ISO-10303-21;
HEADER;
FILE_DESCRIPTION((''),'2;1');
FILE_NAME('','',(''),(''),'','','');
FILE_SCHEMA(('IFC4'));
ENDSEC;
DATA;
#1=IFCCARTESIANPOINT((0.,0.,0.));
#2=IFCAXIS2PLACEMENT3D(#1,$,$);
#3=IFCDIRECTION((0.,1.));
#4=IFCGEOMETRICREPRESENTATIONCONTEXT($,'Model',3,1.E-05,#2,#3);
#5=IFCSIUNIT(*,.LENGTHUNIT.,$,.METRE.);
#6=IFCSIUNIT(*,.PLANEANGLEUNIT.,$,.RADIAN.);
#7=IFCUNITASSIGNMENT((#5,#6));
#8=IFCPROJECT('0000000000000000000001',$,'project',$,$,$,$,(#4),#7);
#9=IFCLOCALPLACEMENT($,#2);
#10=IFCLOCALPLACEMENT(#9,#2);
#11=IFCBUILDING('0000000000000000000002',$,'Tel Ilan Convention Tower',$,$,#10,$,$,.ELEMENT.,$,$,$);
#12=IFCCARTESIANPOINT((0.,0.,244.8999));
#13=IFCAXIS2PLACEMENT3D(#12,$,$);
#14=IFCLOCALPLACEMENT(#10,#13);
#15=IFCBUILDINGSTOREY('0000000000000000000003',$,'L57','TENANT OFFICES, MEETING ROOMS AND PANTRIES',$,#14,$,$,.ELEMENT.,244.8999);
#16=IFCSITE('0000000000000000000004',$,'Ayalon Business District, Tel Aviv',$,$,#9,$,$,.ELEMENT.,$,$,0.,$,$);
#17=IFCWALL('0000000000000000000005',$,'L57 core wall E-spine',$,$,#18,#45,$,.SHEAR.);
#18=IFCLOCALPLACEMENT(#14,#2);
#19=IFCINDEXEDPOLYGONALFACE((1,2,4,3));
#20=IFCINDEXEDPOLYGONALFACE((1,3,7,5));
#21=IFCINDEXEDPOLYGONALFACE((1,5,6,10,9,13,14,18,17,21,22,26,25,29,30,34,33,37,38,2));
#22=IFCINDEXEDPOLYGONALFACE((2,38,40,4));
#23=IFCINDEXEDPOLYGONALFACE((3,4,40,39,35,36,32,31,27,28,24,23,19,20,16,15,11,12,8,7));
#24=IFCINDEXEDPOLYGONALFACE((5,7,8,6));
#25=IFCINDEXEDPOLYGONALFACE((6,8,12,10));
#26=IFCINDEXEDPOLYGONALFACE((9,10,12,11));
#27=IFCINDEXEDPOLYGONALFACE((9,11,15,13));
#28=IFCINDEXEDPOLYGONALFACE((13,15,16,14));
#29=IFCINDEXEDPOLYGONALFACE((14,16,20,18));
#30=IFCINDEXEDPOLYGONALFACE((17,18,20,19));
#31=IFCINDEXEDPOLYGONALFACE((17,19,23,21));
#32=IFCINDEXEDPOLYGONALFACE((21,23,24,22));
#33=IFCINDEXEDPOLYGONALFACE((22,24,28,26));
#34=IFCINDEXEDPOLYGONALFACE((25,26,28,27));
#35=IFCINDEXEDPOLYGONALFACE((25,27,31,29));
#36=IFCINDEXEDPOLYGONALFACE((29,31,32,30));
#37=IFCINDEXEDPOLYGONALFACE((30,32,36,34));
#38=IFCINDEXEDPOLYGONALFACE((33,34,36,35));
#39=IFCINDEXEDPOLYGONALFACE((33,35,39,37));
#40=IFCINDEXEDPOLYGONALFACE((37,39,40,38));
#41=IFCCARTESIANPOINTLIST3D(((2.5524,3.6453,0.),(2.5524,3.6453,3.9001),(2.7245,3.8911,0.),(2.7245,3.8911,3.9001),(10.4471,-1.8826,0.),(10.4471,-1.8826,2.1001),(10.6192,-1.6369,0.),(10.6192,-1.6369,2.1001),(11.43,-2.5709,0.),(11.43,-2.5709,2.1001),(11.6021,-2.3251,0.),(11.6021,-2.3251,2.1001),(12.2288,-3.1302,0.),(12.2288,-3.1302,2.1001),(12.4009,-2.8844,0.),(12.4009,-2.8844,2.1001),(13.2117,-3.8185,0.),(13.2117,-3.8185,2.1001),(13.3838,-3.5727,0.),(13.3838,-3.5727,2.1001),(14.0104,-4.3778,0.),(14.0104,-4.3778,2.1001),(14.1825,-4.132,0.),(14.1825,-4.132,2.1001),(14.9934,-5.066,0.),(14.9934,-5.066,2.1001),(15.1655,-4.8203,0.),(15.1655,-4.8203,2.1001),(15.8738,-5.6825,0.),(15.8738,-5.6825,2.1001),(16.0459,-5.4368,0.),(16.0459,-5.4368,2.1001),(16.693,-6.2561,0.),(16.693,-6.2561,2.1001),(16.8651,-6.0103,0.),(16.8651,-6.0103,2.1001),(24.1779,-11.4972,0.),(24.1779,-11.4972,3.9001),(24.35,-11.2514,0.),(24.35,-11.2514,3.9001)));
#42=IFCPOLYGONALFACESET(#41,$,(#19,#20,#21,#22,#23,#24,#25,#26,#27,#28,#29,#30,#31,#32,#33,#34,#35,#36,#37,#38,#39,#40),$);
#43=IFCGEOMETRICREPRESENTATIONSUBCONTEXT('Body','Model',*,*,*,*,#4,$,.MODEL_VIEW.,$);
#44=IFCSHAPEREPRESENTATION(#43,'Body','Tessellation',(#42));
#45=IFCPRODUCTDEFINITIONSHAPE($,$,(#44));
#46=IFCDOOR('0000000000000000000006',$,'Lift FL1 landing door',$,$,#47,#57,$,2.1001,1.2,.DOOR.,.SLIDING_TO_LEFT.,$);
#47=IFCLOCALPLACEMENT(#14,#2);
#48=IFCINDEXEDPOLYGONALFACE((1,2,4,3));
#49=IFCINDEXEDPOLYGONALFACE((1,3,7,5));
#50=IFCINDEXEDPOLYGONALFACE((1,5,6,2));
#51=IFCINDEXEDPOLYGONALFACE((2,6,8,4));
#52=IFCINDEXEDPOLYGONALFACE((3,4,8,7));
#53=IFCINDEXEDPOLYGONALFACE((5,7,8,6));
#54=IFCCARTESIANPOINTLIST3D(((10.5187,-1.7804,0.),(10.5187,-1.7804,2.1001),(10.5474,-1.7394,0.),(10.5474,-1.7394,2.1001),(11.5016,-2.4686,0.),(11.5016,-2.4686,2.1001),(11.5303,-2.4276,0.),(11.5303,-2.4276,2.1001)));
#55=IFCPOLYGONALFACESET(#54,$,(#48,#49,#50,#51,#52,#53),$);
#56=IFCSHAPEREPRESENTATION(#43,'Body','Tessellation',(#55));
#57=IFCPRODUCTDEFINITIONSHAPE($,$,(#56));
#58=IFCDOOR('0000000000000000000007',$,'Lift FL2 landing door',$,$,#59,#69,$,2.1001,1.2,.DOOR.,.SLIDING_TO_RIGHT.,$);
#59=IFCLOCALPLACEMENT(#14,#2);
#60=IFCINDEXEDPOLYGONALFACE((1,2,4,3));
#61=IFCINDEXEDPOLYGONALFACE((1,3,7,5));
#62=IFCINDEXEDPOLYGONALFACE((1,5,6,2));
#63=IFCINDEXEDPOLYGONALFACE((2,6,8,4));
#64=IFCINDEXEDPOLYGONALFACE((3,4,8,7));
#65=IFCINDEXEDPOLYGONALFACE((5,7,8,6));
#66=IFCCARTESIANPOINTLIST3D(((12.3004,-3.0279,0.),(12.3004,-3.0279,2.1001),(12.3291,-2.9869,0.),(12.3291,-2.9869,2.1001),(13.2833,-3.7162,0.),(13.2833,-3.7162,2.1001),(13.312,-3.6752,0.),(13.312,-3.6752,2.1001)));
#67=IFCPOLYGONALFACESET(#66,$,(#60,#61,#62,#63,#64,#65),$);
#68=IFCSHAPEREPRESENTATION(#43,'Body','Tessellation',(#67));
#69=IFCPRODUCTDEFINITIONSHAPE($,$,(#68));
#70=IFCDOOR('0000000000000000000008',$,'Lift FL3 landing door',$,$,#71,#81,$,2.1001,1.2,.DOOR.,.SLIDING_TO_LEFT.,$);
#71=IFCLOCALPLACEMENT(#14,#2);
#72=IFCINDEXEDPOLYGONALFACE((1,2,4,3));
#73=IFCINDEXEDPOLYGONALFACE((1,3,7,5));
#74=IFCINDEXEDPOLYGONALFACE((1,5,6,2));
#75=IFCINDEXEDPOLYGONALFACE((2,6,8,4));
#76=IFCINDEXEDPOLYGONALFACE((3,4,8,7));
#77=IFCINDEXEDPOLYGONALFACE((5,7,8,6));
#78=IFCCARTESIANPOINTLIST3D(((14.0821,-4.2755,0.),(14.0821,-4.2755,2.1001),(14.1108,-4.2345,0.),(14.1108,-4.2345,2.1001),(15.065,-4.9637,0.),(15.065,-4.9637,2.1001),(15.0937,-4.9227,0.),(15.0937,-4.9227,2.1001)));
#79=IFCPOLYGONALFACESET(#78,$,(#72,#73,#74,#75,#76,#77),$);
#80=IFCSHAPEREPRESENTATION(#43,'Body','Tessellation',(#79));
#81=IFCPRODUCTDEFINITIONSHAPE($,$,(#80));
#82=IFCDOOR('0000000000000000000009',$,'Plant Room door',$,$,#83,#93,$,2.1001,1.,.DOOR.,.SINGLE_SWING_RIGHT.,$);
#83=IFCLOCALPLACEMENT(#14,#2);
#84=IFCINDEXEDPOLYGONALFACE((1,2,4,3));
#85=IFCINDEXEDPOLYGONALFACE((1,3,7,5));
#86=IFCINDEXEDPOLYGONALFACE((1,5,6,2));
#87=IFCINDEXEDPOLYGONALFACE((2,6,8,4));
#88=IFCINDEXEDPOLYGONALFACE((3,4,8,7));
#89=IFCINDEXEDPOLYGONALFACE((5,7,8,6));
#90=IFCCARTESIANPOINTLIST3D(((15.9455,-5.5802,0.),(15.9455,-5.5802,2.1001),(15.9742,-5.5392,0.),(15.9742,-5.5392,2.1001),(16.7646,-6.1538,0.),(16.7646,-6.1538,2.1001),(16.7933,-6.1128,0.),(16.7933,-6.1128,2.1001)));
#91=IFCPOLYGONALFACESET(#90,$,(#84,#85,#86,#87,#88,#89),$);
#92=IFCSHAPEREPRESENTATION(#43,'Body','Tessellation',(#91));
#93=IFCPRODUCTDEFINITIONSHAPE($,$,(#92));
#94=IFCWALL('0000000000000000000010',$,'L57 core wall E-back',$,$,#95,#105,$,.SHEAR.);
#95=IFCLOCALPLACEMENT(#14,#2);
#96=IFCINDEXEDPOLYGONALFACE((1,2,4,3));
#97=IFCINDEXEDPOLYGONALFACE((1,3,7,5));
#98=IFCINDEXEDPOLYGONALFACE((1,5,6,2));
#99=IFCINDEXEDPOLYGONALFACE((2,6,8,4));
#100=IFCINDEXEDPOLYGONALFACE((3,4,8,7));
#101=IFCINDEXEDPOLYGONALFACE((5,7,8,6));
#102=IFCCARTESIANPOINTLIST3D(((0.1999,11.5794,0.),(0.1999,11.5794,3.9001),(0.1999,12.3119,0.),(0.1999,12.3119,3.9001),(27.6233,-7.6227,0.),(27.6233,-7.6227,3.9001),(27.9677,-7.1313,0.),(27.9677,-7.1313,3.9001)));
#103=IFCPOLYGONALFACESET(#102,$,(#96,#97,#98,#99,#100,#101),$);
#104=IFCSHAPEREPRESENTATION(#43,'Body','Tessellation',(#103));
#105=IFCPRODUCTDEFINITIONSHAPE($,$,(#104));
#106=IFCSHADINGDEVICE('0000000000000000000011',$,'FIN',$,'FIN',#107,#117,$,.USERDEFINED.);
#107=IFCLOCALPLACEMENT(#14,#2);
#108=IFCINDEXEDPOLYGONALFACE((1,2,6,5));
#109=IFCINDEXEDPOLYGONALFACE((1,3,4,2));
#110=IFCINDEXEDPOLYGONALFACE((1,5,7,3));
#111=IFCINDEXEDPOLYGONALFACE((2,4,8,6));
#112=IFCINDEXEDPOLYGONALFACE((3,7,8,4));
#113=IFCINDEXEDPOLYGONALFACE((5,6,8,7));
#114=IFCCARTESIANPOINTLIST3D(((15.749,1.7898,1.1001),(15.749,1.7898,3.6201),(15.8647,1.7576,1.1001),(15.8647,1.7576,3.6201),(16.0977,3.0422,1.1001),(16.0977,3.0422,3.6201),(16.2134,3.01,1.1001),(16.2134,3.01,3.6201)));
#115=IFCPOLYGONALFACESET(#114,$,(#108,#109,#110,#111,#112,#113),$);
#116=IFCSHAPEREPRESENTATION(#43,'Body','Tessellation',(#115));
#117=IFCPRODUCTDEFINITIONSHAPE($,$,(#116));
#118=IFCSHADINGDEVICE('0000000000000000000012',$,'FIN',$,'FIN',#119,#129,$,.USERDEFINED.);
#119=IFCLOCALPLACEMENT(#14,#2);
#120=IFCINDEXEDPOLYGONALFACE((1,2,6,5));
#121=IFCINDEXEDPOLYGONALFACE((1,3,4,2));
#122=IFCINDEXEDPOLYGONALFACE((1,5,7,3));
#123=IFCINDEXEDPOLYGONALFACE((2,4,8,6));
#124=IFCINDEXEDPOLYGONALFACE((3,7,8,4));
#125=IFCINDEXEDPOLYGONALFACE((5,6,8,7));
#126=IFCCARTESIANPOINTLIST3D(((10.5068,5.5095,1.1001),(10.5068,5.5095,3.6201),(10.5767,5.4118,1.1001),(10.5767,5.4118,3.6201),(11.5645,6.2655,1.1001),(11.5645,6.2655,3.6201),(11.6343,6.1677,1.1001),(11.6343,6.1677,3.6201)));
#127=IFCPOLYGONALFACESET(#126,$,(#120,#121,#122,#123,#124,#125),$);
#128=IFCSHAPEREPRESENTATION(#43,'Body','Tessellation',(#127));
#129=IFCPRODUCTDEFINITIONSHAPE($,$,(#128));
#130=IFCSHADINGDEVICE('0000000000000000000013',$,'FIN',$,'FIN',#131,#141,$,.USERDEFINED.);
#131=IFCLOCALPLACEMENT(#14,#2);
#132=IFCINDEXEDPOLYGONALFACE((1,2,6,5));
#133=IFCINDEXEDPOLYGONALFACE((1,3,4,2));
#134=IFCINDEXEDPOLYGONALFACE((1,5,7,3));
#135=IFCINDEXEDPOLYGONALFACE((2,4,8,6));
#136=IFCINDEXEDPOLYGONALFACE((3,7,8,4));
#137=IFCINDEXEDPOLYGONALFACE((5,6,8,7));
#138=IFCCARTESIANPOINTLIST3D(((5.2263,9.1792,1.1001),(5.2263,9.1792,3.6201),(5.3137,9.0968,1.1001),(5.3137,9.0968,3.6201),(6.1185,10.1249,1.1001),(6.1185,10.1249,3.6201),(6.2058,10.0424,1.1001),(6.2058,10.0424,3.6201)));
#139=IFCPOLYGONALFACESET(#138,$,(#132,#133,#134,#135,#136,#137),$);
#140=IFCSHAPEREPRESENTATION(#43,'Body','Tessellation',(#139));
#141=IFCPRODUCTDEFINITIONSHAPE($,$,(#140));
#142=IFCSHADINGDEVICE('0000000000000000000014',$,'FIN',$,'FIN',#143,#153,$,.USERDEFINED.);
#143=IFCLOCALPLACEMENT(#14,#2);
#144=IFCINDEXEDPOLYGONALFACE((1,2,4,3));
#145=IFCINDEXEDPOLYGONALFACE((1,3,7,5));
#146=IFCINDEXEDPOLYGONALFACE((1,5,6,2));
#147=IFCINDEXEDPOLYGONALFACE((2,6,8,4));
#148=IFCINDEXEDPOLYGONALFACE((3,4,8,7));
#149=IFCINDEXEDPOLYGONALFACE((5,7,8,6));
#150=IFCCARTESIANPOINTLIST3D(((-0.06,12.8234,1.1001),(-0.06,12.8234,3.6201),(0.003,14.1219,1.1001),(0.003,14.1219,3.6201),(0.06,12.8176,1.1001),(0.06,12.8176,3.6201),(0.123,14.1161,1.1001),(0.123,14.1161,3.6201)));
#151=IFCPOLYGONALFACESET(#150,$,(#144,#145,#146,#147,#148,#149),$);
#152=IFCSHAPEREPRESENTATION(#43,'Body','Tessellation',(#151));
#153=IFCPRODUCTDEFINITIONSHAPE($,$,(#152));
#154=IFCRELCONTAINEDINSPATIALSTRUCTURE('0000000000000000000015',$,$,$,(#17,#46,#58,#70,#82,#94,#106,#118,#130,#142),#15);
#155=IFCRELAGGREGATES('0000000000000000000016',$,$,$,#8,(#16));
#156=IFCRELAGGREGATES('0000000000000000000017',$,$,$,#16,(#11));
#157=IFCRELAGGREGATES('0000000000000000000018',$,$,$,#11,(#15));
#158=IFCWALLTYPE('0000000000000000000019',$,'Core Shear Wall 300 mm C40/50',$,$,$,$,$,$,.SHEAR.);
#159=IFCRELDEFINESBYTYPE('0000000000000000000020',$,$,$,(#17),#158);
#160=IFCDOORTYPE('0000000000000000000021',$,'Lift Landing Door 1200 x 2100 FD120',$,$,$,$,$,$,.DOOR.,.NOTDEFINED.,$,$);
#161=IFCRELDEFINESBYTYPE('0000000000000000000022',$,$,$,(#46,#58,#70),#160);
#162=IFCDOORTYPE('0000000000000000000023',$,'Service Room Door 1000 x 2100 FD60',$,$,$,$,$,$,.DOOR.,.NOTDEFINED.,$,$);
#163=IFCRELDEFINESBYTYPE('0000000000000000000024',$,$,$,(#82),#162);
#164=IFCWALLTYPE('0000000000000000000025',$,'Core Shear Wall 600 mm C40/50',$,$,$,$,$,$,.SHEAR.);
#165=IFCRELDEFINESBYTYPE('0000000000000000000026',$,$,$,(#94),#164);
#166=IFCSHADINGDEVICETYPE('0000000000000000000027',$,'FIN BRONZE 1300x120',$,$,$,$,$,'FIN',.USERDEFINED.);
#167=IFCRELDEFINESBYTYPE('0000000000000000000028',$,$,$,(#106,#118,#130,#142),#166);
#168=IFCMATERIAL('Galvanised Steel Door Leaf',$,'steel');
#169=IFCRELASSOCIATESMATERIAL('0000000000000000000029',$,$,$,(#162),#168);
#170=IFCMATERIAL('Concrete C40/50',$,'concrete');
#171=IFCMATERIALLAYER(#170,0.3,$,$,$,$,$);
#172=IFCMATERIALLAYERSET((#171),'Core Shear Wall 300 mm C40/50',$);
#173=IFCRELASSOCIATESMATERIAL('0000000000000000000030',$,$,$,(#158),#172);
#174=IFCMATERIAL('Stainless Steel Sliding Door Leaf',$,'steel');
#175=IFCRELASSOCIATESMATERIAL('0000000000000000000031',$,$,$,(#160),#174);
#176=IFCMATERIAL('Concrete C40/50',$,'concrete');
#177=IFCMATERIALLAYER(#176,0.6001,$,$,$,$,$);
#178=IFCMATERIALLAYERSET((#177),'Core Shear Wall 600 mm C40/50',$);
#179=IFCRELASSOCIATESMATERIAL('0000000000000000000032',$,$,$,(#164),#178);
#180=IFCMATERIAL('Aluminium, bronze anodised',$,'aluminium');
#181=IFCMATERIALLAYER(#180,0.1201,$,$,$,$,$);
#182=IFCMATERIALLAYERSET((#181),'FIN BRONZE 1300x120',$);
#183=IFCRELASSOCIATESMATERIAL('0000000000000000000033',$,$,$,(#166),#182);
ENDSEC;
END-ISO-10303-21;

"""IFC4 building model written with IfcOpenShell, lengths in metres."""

from ifc_helpers import new_model, si_unit, direction, frame, frame_2d, origin, origin_2d, place, context, subcontext, project, spatial, polyline, rectangle, outline, extrude, material, layer, layer_set, type_object, element, fill, save


model = new_model("IFC4")

# Units and contexts
model_context = context("Model", 3, precision=1e-05, world=origin(), true_north=direction((0.0, 1.0)))
body_context = subcontext(model_context, "Body", "Model", "MODEL_VIEW")
ifc_project = project(units=[si_unit("LENGTHUNIT", "METRE"), si_unit("PLANEANGLEUNIT", "RADIAN")], contexts=[model_context])

# Site, building, storey
site_placement = place(None, origin())
site = spatial("IfcSite", under=ifc_project, at=site_placement, Name="Ayalon Business District, Tel Aviv", CompositionType="ELEMENT", RefElevation=0.0)
building_placement = place(site_placement, origin())
building = spatial("IfcBuilding", under=site, at=building_placement, Name="Tel Ilan Convention Tower", CompositionType="ELEMENT")
storey_placement = place(building_placement, frame((0.0, 0.0, 244.8999)))
storey = spatial("IfcBuildingStorey", under=building, at=storey_placement, Name="L57", Description="TENANT OFFICES, MEETING ROOMS AND PANTRIES", CompositionType="ELEMENT", Elevation=244.8999)

# Shared definitions
ifc_material_1 = material(Name="Galvanised Steel Door Leaf", Category="steel")
door_type_1 = type_object("IfcDoorType", Name="Service Room Door 1000 x 2100 FD60", OperationType="NOTDEFINED", PredefinedType="DOOR", material=ifc_material_1)

# Wall, openings, doors
ifc_material_2 = material(Name="Concrete C40/50", Category="concrete")
ifc_layer_1 = layer(ifc_material_2, 0.3)
ifc_layer_set_1 = layer_set([ifc_layer_1], Name="Core Shear Wall 300 mm C40/50")
wall_type_1 = type_object("IfcWallType", Name="Core Shear Wall 300 mm C40/50", PredefinedType="SHEAR", material=ifc_layer_set_1)
wall_1_placement = place(storey_placement, frame((2.6384, 3.7681, 0.0), z_axis=(0.0, 0.0, 1.0), x_axis=(0.819155, -0.573572, 0.0)))
wall_1 = element("IfcWall", 1, at=wall_1_placement, inside=storey, type_object=wall_type_1, Name="L57 core wall E-spine", PredefinedType="SHEAR", context=body_context, shape_type="SweptSolid", body=[
    extrude(outline(polyline([(0.0, 0.1501), (0.0, -0.1499), (26.3999, -0.1501), (26.3999, 0.1499), (0.0, 0.1501)])), origin(), (0.0, 0.0, 1.0), 3.9001),
])
opening_1_placement = place(wall_1_placement, frame((9.6375, 0.0, 0.0)))
opening_1 = element("IfcOpeningElement", 2, at=opening_1_placement, cuts=wall_1, PredefinedType="OPENING", context=body_context, shape_type="SweptSolid", body=[
    extrude(rectangle(XDim=1.2, YDim=2.1001, at=frame_2d((0.6001, 1.05))), frame((0.0, 0.1599, 0.0), z_axis=(0.0, -1.0, 0.0), x_axis=(1.0, 0.0, 0.0)), (0.0, 0.0, 1.0), 0.3201),
])
opening_2_placement = place(wall_1_placement, frame((11.8125, 0.0, 0.0)))
opening_2 = element("IfcOpeningElement", 3, at=opening_2_placement, cuts=wall_1, PredefinedType="OPENING", context=body_context, shape_type="SweptSolid", body=[
    extrude(rectangle(XDim=1.2, YDim=2.1001, at=frame_2d((0.6001, 1.05))), frame((0.0, 0.1599, 0.0), z_axis=(0.0, -1.0, 0.0), x_axis=(1.0, 0.0, 0.0)), (0.0, 0.0, 1.0), 0.3201),
])
opening_3_placement = place(wall_1_placement, frame((13.9875, 0.0, 0.0)))
opening_3 = element("IfcOpeningElement", 4, at=opening_3_placement, cuts=wall_1, PredefinedType="OPENING", context=body_context, shape_type="SweptSolid", body=[
    extrude(rectangle(XDim=1.2, YDim=2.1001, at=frame_2d((0.6001, 1.05))), frame((0.0, 0.1599, 0.0), z_axis=(0.0, -1.0, 0.0), x_axis=(1.0, 0.0, 0.0)), (0.0, 0.0, 1.0), 0.3201),
])
opening_4_placement = place(wall_1_placement, frame((16.2625, 0.0, 0.0)))
opening_4 = element("IfcOpeningElement", 5, at=opening_4_placement, cuts=wall_1, PredefinedType="OPENING", context=body_context, shape_type="SweptSolid", body=[
    extrude(rectangle(XDim=1.0, YDim=2.1001, at=frame_2d((0.5, 1.05))), frame((0.0, 0.1599, 0.0), z_axis=(0.0, -1.0, 0.0), x_axis=(1.0, 0.0, 0.0)), (0.0, 0.0, 1.0), 0.3201),
])
ifc_material_3 = material(Name="Stainless Steel Sliding Door Leaf", Category="steel")
door_type_2 = type_object("IfcDoorType", Name="Lift Landing Door 1200 x 2100 FD120", OperationType="NOTDEFINED", PredefinedType="DOOR", material=ifc_material_3)
door_1_placement = place(opening_1_placement, origin())
door_1 = element("IfcDoor", 6, at=door_1_placement, inside=storey, type_object=door_type_2, Name="Lift FL1 landing door", OperationType="SLIDING_TO_LEFT", OverallHeight=2.1001, OverallWidth=1.2, PredefinedType="DOOR", context=body_context, shape_type="SweptSolid", body=[
    extrude(rectangle(XDim=1.2, YDim=2.1001, at=frame_2d((0.6001, 1.05))), frame((0.0, 0.0249, 0.0), z_axis=(0.0, -1.0, 0.0), x_axis=(1.0, 0.0, 0.0)), (0.0, 0.0, 1.0), 0.05),
])
fill(opening_1, door_1)
door_2_placement = place(opening_2_placement, origin())
door_2 = element("IfcDoor", 7, at=door_2_placement, inside=storey, type_object=door_type_2, Name="Lift FL2 landing door", OperationType="SLIDING_TO_RIGHT", OverallHeight=2.1001, OverallWidth=1.2, PredefinedType="DOOR", context=body_context, shape_type="SweptSolid", body=[
    extrude(rectangle(XDim=1.2, YDim=2.1001, at=frame_2d((0.6001, 1.05))), frame((0.0, 0.0249, 0.0), z_axis=(0.0, -1.0, 0.0), x_axis=(1.0, 0.0, 0.0)), (0.0, 0.0, 1.0), 0.05),
])
fill(opening_2, door_2)
door_3_placement = place(opening_3_placement, origin())
door_3 = element("IfcDoor", 8, at=door_3_placement, inside=storey, type_object=door_type_2, Name="Lift FL3 landing door", OperationType="SLIDING_TO_LEFT", OverallHeight=2.1001, OverallWidth=1.2, PredefinedType="DOOR", context=body_context, shape_type="SweptSolid", body=[
    extrude(rectangle(XDim=1.2, YDim=2.1001, at=frame_2d((0.6001, 1.05))), frame((0.0, 0.0249, 0.0), z_axis=(0.0, -1.0, 0.0), x_axis=(1.0, 0.0, 0.0)), (0.0, 0.0, 1.0), 0.05),
])
fill(opening_3, door_3)
door_4_placement = place(opening_4_placement, origin())
door_4 = element("IfcDoor", 9, at=door_4_placement, inside=storey, type_object=door_type_1, Name="Plant Room door", OperationType="SINGLE_SWING_RIGHT", OverallHeight=2.1001, OverallWidth=1.0, PredefinedType="DOOR", context=body_context, shape_type="SweptSolid", body=[
    extrude(rectangle(XDim=1.0, YDim=2.1001, at=frame_2d((0.5, 1.05))), frame((0.0, 0.0249, 0.0), z_axis=(0.0, -1.0, 0.0), x_axis=(1.0, 0.0, 0.0)), (0.0, 0.0, 1.0), 0.05),
])
fill(opening_4, door_4)

# Wall
ifc_material_4 = material(Name="Concrete C40/50", Category="concrete")
ifc_layer_2 = layer(ifc_material_4, 0.6001)
ifc_layer_set_2 = layer_set([ifc_layer_2], Name="Core Shear Wall 600 mm C40/50")
wall_type_2 = type_object("IfcWallType", Name="Core Shear Wall 600 mm C40/50", PredefinedType="SHEAR", material=ifc_layer_set_2)
wall_2_placement = place(storey_placement, frame((0.0278, 12.0662, 0.0), z_axis=(0.0, 0.0, 1.0), x_axis=(0.819151, -0.573577, 0.0)))
element("IfcWall", 10, at=wall_2_placement, inside=storey, type_object=wall_type_2, Name="L57 core wall E-back", PredefinedType="SHEAR", context=body_context, shape_type="SweptSolid", body=[
    extrude(outline(polyline([(33.8982, 0.3), (0.0, 0.3), (0.4202, -0.3), (33.8979, -0.3), (33.8982, 0.3)])), origin(), (0.0, 0.0, 1.0), 3.9001),
])

# Shading devices
ifc_material_5 = material(Name="Aluminium, bronze anodised", Category="aluminium")
ifc_layer_3 = layer(ifc_material_5, 0.1201)
ifc_layer_set_3 = layer_set([ifc_layer_3], Name="FIN BRONZE 1300x120")
shading_device_type_1 = type_object("IfcShadingDeviceType", Name="FIN BRONZE 1300x120", ElementType="FIN", PredefinedType="USERDEFINED", material=ifc_layer_set_3)
for number, where, z_axis, x_axis, name in (
    (11, (15.9812, 2.3999, 1.1001), (0.0, 0.0, 1.0), (0.268173, 0.963371, 0.0), "FIN"),
    (12, (11.0706, 5.8386, 1.1001), (0.0, 0.0, 1.0), (0.813552, 0.581492, 0.0), "FIN"),
    (13, (5.7161, 9.6108, 1.1001), (0.0, 0.0, 1.0), (0.686242, 0.727374, 0.0), "FIN"),
    (14, (0.0315, 13.4697, 1.1001), (0.0, 0.0, 1.0), (0.048462, 0.998825, 0.0), "FIN"),
):
    element("IfcShadingDevice", number, at=place(storey_placement, frame(where, z_axis=z_axis, x_axis=x_axis)), inside=storey, type_object=shading_device_type_1, Name=name, ObjectType="FIN", PredefinedType="USERDEFINED", context=body_context, shape_type="SweptSolid", body=[
        extrude(rectangle(XDim=1.3, YDim=0.1201, at=origin_2d()), origin(), (0.0, 0.0, 1.0), 2.52),
    ])

save(model, "model.ifc")
